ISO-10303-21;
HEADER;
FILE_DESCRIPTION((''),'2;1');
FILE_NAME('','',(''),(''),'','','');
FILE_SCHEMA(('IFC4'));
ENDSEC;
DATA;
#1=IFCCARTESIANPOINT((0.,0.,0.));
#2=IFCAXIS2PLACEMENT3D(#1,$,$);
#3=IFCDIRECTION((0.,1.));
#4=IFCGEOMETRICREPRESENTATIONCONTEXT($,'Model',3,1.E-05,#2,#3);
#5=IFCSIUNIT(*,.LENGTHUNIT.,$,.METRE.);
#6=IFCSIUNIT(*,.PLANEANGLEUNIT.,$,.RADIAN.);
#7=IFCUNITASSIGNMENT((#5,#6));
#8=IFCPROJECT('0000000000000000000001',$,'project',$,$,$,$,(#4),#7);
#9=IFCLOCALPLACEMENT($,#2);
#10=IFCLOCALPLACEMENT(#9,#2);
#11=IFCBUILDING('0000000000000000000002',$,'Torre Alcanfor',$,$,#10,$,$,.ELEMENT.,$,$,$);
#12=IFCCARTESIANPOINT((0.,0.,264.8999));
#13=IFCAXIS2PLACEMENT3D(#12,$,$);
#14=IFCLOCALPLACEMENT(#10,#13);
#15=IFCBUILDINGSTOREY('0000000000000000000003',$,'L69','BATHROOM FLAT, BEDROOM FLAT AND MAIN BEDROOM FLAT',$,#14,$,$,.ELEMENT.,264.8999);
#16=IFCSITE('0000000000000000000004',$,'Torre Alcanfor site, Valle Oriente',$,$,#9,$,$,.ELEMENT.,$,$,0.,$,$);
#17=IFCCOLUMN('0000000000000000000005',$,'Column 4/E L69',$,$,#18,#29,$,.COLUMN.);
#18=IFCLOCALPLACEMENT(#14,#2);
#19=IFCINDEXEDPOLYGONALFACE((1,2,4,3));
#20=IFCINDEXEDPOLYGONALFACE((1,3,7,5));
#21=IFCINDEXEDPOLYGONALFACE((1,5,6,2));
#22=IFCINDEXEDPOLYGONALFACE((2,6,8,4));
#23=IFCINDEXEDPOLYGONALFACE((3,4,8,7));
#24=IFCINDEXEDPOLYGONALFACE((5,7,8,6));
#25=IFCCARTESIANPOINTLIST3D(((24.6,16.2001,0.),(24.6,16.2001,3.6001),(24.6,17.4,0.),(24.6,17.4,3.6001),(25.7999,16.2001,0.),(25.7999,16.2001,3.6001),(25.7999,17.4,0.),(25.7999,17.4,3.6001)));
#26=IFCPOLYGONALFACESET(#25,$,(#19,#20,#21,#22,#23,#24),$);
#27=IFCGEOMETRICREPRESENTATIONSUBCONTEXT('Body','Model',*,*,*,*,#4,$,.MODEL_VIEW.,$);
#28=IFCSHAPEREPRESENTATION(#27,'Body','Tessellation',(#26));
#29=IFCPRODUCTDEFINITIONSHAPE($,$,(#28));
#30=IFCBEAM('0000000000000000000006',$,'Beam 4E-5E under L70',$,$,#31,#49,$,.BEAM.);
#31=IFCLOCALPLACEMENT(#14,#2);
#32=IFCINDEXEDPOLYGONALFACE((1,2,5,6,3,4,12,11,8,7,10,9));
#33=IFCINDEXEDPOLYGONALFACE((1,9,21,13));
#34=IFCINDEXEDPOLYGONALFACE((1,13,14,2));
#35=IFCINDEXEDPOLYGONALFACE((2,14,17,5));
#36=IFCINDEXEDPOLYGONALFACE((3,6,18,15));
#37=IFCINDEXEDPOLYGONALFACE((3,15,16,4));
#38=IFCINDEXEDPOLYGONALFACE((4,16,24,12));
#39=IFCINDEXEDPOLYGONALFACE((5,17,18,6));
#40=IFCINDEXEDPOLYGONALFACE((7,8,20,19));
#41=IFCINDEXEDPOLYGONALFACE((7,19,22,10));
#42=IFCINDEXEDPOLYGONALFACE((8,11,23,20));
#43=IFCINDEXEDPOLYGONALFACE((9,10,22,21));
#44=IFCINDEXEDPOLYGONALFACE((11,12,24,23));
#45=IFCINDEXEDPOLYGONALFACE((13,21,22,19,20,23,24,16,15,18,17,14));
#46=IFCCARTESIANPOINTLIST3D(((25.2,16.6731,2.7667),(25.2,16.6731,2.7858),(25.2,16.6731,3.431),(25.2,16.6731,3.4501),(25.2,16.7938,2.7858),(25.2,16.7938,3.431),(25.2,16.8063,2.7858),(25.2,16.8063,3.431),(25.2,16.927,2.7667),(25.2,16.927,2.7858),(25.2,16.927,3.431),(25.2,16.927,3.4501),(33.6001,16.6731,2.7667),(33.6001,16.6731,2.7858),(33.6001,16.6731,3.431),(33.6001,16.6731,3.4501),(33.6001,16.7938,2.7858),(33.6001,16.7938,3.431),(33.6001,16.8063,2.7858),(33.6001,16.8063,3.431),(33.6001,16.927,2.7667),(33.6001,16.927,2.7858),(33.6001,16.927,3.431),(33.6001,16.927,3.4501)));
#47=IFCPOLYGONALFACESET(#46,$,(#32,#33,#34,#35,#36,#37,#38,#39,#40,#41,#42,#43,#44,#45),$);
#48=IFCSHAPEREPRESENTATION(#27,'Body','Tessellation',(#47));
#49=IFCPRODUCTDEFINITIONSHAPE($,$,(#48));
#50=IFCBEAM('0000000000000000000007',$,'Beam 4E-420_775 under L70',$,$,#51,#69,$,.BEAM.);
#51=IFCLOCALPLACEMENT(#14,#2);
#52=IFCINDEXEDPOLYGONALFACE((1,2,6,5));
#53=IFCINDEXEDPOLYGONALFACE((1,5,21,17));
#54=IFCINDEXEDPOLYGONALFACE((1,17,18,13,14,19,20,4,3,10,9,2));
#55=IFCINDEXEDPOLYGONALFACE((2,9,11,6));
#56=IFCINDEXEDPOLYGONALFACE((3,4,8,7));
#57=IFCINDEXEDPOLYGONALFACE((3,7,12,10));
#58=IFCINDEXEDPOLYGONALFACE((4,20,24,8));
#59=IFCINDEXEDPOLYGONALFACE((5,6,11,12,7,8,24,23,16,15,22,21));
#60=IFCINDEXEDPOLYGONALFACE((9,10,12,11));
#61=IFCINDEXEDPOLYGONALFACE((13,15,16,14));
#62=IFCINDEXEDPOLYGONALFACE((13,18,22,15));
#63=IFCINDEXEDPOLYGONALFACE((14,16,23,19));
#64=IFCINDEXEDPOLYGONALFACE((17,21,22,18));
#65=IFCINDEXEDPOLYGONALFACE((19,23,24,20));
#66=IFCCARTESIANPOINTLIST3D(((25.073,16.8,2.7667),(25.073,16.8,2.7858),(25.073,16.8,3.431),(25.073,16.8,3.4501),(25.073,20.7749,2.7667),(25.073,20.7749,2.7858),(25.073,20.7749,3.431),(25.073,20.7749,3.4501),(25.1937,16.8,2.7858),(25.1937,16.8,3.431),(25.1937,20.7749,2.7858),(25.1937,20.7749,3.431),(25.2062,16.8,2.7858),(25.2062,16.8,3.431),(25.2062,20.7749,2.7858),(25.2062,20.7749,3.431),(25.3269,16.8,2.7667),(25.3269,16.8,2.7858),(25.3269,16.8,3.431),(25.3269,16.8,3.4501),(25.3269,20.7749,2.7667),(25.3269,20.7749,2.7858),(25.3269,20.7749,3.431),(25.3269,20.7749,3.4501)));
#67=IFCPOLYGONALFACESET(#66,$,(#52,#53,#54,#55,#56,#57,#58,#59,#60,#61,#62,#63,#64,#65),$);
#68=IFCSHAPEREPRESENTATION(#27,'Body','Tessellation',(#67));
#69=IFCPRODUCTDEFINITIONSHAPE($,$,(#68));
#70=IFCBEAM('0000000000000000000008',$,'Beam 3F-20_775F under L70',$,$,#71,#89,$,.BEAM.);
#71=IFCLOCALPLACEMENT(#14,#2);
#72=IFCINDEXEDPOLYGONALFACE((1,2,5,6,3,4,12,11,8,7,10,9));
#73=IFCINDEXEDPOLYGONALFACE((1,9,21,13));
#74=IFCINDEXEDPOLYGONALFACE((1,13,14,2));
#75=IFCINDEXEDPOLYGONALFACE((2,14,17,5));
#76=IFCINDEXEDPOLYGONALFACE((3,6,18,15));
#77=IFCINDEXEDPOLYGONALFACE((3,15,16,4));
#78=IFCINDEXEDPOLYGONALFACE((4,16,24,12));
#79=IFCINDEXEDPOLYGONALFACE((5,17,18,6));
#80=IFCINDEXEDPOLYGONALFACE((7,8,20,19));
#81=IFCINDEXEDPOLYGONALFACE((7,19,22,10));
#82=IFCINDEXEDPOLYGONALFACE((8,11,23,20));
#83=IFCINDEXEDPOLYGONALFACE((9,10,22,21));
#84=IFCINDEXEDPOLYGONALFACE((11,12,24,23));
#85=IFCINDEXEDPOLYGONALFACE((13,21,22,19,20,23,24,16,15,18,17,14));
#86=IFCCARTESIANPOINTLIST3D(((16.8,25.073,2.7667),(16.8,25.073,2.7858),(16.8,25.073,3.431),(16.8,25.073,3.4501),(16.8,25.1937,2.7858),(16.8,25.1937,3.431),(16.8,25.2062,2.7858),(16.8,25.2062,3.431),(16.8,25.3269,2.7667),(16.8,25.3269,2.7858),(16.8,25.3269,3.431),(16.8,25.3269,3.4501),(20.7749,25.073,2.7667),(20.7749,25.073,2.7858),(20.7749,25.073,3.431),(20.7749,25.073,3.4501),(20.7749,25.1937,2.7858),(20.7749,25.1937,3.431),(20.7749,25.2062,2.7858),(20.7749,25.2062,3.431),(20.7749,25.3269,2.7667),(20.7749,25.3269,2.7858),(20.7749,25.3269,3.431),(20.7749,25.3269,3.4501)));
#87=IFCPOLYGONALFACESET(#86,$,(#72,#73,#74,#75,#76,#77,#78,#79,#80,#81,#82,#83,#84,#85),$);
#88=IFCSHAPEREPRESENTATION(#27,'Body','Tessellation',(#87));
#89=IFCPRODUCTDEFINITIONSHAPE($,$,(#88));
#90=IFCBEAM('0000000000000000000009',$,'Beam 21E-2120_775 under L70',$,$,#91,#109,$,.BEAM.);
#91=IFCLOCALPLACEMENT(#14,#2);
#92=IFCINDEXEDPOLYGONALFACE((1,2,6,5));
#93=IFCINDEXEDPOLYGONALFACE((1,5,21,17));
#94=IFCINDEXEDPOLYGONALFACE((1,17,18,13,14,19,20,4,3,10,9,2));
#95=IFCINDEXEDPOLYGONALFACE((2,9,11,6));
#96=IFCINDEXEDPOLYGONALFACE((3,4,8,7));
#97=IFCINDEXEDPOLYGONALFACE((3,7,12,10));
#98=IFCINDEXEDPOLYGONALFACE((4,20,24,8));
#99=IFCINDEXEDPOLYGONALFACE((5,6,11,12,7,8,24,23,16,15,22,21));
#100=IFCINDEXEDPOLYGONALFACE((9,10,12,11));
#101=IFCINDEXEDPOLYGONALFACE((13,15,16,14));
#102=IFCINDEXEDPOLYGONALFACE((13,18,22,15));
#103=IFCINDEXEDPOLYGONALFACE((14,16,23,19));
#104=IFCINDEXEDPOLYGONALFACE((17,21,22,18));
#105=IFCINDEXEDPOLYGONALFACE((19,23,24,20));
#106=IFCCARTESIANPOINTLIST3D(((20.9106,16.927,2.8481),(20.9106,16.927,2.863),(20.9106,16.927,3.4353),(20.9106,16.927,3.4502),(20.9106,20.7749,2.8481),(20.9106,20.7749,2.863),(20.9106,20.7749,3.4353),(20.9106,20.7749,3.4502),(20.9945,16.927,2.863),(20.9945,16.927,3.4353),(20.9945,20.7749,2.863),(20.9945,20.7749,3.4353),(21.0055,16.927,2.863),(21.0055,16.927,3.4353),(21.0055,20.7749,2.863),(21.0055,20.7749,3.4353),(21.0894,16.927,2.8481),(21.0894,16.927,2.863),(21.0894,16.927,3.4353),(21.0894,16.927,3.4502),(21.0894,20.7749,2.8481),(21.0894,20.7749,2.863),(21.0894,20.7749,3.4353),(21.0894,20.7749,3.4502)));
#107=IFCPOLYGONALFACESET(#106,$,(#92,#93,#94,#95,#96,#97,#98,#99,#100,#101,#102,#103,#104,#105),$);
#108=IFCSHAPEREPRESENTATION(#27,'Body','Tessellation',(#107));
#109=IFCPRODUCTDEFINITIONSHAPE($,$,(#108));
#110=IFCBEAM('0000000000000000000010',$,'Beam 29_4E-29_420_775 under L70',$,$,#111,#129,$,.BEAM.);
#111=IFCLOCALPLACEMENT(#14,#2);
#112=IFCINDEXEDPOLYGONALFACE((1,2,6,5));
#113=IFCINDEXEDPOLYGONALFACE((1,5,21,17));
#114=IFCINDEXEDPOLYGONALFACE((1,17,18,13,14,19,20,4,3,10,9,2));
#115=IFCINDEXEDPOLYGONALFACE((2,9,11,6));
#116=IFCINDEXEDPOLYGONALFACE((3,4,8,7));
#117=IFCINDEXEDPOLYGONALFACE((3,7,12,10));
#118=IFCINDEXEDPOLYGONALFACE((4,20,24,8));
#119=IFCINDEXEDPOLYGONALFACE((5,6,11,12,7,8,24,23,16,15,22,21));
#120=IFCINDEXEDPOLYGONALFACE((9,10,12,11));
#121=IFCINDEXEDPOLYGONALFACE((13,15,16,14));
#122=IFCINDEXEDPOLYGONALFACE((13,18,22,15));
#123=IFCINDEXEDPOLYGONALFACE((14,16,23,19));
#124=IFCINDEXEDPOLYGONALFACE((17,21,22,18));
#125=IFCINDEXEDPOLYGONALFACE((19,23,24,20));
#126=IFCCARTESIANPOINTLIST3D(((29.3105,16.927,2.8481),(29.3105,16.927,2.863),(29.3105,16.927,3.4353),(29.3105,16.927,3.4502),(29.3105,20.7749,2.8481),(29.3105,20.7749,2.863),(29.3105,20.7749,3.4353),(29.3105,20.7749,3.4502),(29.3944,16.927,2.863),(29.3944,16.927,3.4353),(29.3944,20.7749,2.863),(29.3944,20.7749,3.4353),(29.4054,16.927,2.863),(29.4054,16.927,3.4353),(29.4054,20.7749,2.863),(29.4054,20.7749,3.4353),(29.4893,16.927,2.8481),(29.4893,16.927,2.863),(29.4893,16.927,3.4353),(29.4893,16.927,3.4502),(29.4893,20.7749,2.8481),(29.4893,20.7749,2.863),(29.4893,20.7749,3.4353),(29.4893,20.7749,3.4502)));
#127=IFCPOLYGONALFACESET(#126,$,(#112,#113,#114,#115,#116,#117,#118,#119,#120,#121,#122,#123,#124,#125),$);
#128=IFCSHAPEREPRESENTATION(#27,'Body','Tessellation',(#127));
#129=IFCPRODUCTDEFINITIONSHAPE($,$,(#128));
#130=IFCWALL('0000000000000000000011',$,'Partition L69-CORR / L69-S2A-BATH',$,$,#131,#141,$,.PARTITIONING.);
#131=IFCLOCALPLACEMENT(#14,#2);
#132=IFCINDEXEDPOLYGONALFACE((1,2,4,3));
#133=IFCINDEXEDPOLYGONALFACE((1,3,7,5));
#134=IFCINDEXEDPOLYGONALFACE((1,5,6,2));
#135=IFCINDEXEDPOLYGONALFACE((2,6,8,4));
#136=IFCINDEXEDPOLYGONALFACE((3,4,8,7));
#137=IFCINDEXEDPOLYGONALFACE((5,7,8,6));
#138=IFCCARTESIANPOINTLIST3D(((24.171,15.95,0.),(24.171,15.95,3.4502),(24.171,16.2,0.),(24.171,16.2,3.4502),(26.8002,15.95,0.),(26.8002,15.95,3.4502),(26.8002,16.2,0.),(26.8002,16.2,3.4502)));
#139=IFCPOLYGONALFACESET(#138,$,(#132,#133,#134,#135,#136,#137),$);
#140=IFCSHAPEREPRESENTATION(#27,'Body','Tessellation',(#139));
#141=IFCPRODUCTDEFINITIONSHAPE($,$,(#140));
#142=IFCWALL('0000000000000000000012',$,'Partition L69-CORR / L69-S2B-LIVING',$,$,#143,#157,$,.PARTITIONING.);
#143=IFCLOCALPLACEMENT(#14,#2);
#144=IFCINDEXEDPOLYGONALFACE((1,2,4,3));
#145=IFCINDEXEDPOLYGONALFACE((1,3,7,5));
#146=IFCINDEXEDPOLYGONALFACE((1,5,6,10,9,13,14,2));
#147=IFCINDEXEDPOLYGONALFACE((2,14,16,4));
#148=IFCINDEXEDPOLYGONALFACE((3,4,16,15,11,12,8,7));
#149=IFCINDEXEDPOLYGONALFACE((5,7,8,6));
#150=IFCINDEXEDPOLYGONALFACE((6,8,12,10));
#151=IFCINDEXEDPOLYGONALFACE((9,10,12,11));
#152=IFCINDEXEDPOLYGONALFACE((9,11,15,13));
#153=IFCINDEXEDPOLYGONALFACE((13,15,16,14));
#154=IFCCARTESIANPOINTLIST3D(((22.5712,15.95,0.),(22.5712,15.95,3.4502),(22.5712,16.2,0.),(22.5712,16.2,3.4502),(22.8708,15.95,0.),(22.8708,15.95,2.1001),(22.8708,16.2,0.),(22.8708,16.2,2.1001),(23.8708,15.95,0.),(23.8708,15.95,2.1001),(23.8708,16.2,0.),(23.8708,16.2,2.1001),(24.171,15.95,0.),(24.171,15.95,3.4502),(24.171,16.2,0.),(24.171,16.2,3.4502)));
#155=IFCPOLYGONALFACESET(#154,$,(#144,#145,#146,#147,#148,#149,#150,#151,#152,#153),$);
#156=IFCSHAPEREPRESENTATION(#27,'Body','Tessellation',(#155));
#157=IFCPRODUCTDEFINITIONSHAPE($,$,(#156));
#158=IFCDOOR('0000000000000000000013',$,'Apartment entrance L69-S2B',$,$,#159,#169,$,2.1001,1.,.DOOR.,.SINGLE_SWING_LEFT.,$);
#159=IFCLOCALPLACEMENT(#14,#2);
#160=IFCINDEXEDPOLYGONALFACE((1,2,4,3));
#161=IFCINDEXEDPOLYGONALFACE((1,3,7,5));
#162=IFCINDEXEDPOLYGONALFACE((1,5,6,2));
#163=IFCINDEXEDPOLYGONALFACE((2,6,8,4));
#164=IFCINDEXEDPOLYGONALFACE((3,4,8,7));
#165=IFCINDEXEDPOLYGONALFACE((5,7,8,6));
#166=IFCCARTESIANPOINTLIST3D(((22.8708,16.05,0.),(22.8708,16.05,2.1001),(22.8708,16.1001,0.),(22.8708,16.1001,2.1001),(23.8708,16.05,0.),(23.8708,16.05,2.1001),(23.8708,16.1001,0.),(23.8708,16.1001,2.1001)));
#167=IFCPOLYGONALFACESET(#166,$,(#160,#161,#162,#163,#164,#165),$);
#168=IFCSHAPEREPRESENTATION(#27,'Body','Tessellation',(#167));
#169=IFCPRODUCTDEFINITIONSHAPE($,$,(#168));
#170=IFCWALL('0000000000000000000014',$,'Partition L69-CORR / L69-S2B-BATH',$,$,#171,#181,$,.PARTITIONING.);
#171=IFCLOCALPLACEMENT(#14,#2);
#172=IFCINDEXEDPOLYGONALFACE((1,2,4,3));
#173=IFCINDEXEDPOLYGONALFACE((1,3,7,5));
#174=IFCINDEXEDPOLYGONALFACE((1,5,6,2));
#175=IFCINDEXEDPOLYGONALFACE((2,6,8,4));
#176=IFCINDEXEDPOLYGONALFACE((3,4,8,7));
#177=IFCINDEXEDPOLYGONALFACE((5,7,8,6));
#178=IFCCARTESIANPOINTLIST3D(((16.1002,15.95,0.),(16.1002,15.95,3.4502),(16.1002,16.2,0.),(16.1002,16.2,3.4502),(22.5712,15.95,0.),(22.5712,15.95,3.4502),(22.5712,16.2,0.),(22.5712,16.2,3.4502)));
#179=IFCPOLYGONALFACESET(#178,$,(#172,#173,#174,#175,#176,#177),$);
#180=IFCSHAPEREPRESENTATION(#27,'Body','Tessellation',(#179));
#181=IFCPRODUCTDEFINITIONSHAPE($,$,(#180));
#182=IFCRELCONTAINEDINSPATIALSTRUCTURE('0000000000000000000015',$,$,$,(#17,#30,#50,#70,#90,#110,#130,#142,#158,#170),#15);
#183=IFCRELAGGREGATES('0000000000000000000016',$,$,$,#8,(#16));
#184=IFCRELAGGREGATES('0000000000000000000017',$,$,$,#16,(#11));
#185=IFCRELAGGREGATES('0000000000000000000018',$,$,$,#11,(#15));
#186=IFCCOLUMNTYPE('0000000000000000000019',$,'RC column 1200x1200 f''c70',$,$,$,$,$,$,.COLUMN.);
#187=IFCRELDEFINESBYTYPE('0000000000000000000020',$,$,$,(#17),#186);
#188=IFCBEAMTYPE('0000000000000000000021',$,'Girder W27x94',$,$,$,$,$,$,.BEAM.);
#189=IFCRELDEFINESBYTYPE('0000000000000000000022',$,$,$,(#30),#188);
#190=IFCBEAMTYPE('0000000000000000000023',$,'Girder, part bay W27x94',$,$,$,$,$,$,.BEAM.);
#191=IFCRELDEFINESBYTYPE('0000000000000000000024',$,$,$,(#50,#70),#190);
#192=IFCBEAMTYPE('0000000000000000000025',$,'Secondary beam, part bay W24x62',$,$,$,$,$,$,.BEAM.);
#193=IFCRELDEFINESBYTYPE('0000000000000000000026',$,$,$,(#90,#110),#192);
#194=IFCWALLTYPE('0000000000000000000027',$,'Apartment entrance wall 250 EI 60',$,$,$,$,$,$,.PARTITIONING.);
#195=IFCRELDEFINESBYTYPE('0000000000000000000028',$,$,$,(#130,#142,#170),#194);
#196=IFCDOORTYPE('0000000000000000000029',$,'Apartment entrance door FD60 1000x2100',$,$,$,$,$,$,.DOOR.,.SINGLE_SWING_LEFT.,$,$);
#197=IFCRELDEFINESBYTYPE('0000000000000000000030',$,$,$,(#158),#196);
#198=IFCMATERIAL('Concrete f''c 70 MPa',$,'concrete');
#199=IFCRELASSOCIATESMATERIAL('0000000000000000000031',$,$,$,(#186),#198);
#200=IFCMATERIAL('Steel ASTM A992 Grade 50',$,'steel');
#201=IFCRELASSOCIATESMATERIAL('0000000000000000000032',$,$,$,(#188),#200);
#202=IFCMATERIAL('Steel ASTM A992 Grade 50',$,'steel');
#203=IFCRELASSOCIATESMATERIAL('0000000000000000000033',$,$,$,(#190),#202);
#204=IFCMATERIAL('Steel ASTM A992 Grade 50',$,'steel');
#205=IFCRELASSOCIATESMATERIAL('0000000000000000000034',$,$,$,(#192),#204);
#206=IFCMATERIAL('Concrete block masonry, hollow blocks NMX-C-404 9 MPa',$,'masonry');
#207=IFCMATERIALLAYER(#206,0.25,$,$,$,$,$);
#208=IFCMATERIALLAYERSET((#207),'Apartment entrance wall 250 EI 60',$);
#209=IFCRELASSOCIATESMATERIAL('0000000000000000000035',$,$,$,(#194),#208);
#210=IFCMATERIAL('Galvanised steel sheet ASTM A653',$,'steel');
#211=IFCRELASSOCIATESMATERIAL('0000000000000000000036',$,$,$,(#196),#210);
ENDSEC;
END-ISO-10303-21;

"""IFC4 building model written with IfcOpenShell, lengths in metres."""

from ifc_helpers import new_model, si_unit, direction, frame, frame_2d, origin, origin_2d, place, context, subcontext, project, spatial, rectangle, i_section, extrude, material, layer, layer_set, material_profile, profile_set, type_object, element, fill, save


model = new_model("IFC4")

# Units and contexts
model_context = context("Model", 3, precision=1e-05, world=origin(), true_north=direction((0.0, 1.0)))
body_context = subcontext(model_context, "Body", "Model", "MODEL_VIEW")
ifc_project = project(units=[si_unit("LENGTHUNIT", "METRE"), si_unit("PLANEANGLEUNIT", "RADIAN")], contexts=[model_context])

# Site, building, storey
site_placement = place(None, origin())
site = spatial("IfcSite", under=ifc_project, at=site_placement, Name="Torre Alcanfor site, Valle Oriente", CompositionType="ELEMENT", RefElevation=0.0)
building_placement = place(site_placement, origin())
building = spatial("IfcBuilding", under=site, at=building_placement, Name="Torre Alcanfor", CompositionType="ELEMENT")
storey_placement = place(building_placement, frame((0.0, 0.0, 264.8999)))
storey = spatial("IfcBuildingStorey", under=building, at=storey_placement, Name="L69", Description="BATHROOM FLAT, BEDROOM FLAT AND MAIN BEDROOM FLAT", CompositionType="ELEMENT", Elevation=264.8999)

# Column
ifc_material_1 = material(Name="Concrete f'c 70 MPa", Category="concrete")
ifc_material_profile_1 = material_profile(ifc_material_1, rectangle(XDim=1.2, YDim=1.2, at=origin_2d()), Name="1200x1200")
ifc_profile_set_1 = profile_set([ifc_material_profile_1], Name="Concrete f'c 70 MPa")
column_type = type_object("IfcColumnType", Name="RC column 1200x1200 f'c70", PredefinedType="COLUMN", material=ifc_profile_set_1)
column_placement = place(storey_placement, frame((25.2, 16.8, 0.0), z_axis=(0.0, 0.0, 1.0), x_axis=(1.0, 0.0, 0.0)))
element("IfcColumn", 1, at=column_placement, inside=storey, type_object=column_type, Name="Column 4/E L69", PredefinedType="COLUMN", context=body_context, shape_type="SweptSolid", body=[
    extrude(rectangle(XDim=1.2, YDim=1.2, at=origin_2d()), origin(), (0.0, 0.0, 1.0), 3.6001),
])

# Beams
ifc_material_2 = material(Name="Steel ASTM A992 Grade 50", Category="steel")
ifc_material_profile_2 = material_profile(ifc_material_2, i_section(OverallWidth=0.2539, OverallDepth=0.6833, WebThickness=0.0125, FlangeThickness=0.019, at=origin_2d()), Name="W27x94")
ifc_profile_set_2 = profile_set([ifc_material_profile_2], Name="Steel ASTM A992 Grade 50")
beam_type_1 = type_object("IfcBeamType", Name="Girder W27x94", PredefinedType="BEAM", material=ifc_profile_set_2)
beam_placement = place(storey_placement, frame((25.2, 16.8, 3.1084), z_axis=(1.0, 0.0, 0.0), x_axis=(0.0, 1.0, 0.0)))
element("IfcBeam", 2, at=beam_placement, inside=storey, type_object=beam_type_1, Name="Beam 4E-5E under L70", PredefinedType="BEAM", context=body_context, shape_type="SweptSolid", body=[
    extrude(i_section(OverallWidth=0.2539, OverallDepth=0.6833, WebThickness=0.0125, FlangeThickness=0.019, at=origin_2d()), origin(), (0.0, 0.0, 1.0), 8.4001),
])
ifc_material_3 = material(Name="Steel ASTM A992 Grade 50", Category="steel")
ifc_material_profile_3 = material_profile(ifc_material_3, i_section(OverallWidth=0.2539, OverallDepth=0.6833, WebThickness=0.0125, FlangeThickness=0.019, at=origin_2d()), Name="W27x94")
ifc_profile_set_3 = profile_set([ifc_material_profile_3], Name="Steel ASTM A992 Grade 50")
beam_type_2 = type_object("IfcBeamType", Name="Girder, part bay W27x94", PredefinedType="BEAM", material=ifc_profile_set_3)
for number, where, z_axis, x_axis, name in (
    (3, (25.2, 16.8, 3.1084), (0.0, 1.0, 0.0), (-1.0, 0.0, 0.0), "Beam 4E-420_775 under L70"),
    (4, (16.8, 25.2, 3.1084), (1.0, 0.0, 0.0), (0.0, 1.0, 0.0), "Beam 3F-20_775F under L70"),
):
    element("IfcBeam", number, at=place(storey_placement, frame(where, z_axis=z_axis, x_axis=x_axis)), inside=storey, type_object=beam_type_2, Name=name, PredefinedType="BEAM", context=body_context, shape_type="SweptSolid", body=[
        extrude(i_section(OverallWidth=0.2539, OverallDepth=0.6833, WebThickness=0.0125, FlangeThickness=0.019, at=origin_2d()), origin(), (0.0, 0.0, 1.0), 3.9749),
    ])
ifc_material_4 = material(Name="Steel ASTM A992 Grade 50", Category="steel")
ifc_material_profile_4 = material_profile(ifc_material_4, i_section(OverallWidth=0.1787, OverallDepth=0.6021, WebThickness=0.011, FlangeThickness=0.0149, at=origin_2d()), Name="W24x62")
ifc_profile_set_4 = profile_set([ifc_material_profile_4], Name="Steel ASTM A992 Grade 50")
beam_type_3 = type_object("IfcBeamType", Name="Secondary beam, part bay W24x62", PredefinedType="BEAM", material=ifc_profile_set_4)
for number, where, z_axis, x_axis, name in (
    (5, (21.0, 16.927, 3.1492), (0.0, 1.0, 0.0), (-1.0, 0.0, 0.0), "Beam 21E-2120_775 under L70"),
    (6, (29.3999, 16.927, 3.1492), (0.0, 1.0, 0.0), (-1.0, 0.0, 0.0), "Beam 29_4E-29_420_775 under L70"),
):
    element("IfcBeam", number, at=place(storey_placement, frame(where, z_axis=z_axis, x_axis=x_axis)), inside=storey, type_object=beam_type_3, Name=name, PredefinedType="BEAM", context=body_context, shape_type="SweptSolid", body=[
        extrude(i_section(OverallWidth=0.1787, OverallDepth=0.6021, WebThickness=0.011, FlangeThickness=0.0149, at=origin_2d()), origin(), (0.0, 0.0, 1.0), 3.8479),
    ])

# Wall
ifc_material_5 = material(Name="Concrete block masonry, hollow blocks NMX-C-404 9 MPa", Category="masonry")
ifc_layer_1 = layer(ifc_material_5, 0.25)
ifc_layer_set_1 = layer_set([ifc_layer_1], Name="Apartment entrance wall 250 EI 60")
wall_type_1 = type_object("IfcWallType", Name="Apartment entrance wall 250 EI 60", PredefinedType="PARTITIONING", material=ifc_layer_set_1)
wall_1_placement = place(storey_placement, frame((26.8, 16.075, 0.0), z_axis=(0.0, 0.0, 1.0), x_axis=(-1.0, 0.0, 0.0)))
element("IfcWall", 7, at=wall_1_placement, inside=storey, type_object=wall_type_1, Name="Partition L69-CORR / L69-S2A-BATH", PredefinedType="PARTITIONING", context=body_context, shape_type="SweptSolid", body=[
    extrude(rectangle(XDim=2.6292, YDim=0.25, at=frame_2d((1.3145, 0.0))), origin(), (0.0, 0.0, 1.0), 3.4502),
])

# Wall, opening, door
wall_2_placement = place(storey_placement, frame((24.1709, 16.075, 0.0), z_axis=(0.0, 0.0, 1.0), x_axis=(-1.0, 0.0, 0.0)))
wall_2 = element("IfcWall", 8, at=wall_2_placement, inside=storey, type_object=wall_type_1, Name="Partition L69-CORR / L69-S2B-LIVING", PredefinedType="PARTITIONING", context=body_context, shape_type="SweptSolid", body=[
    extrude(rectangle(XDim=1.5999, YDim=0.25, at=frame_2d((0.7998, 0.0))), origin(), (0.0, 0.0, 1.0), 3.4502),
])
opening_1_placement = place(wall_2_placement, frame((0.3, 0.0, 0.0)))
opening_1 = element("IfcOpeningElement", 9, at=opening_1_placement, cuts=wall_2, PredefinedType="OPENING", context=body_context, shape_type="SweptSolid", body=[
    extrude(rectangle(XDim=1.0, YDim=2.1001, at=frame_2d((0.5, 1.05))), frame((0.0, 0.135, 0.0), z_axis=(0.0, -1.0, 0.0), x_axis=(1.0, 0.0, 0.0)), (0.0, 0.0, 1.0), 0.27),
])
ifc_material_6 = material(Name="Galvanised steel sheet ASTM A653", Category="steel")
door_type_1 = type_object("IfcDoorType", Name="Apartment entrance door FD60 1000x2100", OperationType="SINGLE_SWING_LEFT", PredefinedType="DOOR", material=ifc_material_6)
door_1_placement = place(opening_1_placement, origin())
door_1 = element("IfcDoor", 10, at=door_1_placement, inside=storey, type_object=door_type_1, Name="Apartment entrance L69-S2B", OperationType="SINGLE_SWING_LEFT", OverallHeight=2.1001, OverallWidth=1.0, PredefinedType="DOOR", context=body_context, shape_type="SweptSolid", body=[
    extrude(rectangle(XDim=1.0, YDim=2.1001, at=frame_2d((0.5, 1.05))), frame((0.0, 0.0249, 0.0), z_axis=(0.0, -1.0, 0.0), x_axis=(1.0, 0.0, 0.0)), (0.0, 0.0, 1.0), 0.05),
])
fill(opening_1, door_1)

# Wall
wall_3_placement = place(storey_placement, frame((22.571, 16.075, 0.0), z_axis=(0.0, 0.0, 1.0), x_axis=(-1.0, 0.0, 0.0)))
element("IfcWall", 11, at=wall_3_placement, inside=storey, type_object=wall_type_1, Name="Partition L69-CORR / L69-S2B-BATH", PredefinedType="PARTITIONING", context=body_context, shape_type="SweptSolid", body=[
    extrude(rectangle(XDim=6.4709, YDim=0.25, at=frame_2d((3.2354, 0.0))), origin(), (0.0, 0.0, 1.0), 3.4502),
])

save(model, "model.ifc")
